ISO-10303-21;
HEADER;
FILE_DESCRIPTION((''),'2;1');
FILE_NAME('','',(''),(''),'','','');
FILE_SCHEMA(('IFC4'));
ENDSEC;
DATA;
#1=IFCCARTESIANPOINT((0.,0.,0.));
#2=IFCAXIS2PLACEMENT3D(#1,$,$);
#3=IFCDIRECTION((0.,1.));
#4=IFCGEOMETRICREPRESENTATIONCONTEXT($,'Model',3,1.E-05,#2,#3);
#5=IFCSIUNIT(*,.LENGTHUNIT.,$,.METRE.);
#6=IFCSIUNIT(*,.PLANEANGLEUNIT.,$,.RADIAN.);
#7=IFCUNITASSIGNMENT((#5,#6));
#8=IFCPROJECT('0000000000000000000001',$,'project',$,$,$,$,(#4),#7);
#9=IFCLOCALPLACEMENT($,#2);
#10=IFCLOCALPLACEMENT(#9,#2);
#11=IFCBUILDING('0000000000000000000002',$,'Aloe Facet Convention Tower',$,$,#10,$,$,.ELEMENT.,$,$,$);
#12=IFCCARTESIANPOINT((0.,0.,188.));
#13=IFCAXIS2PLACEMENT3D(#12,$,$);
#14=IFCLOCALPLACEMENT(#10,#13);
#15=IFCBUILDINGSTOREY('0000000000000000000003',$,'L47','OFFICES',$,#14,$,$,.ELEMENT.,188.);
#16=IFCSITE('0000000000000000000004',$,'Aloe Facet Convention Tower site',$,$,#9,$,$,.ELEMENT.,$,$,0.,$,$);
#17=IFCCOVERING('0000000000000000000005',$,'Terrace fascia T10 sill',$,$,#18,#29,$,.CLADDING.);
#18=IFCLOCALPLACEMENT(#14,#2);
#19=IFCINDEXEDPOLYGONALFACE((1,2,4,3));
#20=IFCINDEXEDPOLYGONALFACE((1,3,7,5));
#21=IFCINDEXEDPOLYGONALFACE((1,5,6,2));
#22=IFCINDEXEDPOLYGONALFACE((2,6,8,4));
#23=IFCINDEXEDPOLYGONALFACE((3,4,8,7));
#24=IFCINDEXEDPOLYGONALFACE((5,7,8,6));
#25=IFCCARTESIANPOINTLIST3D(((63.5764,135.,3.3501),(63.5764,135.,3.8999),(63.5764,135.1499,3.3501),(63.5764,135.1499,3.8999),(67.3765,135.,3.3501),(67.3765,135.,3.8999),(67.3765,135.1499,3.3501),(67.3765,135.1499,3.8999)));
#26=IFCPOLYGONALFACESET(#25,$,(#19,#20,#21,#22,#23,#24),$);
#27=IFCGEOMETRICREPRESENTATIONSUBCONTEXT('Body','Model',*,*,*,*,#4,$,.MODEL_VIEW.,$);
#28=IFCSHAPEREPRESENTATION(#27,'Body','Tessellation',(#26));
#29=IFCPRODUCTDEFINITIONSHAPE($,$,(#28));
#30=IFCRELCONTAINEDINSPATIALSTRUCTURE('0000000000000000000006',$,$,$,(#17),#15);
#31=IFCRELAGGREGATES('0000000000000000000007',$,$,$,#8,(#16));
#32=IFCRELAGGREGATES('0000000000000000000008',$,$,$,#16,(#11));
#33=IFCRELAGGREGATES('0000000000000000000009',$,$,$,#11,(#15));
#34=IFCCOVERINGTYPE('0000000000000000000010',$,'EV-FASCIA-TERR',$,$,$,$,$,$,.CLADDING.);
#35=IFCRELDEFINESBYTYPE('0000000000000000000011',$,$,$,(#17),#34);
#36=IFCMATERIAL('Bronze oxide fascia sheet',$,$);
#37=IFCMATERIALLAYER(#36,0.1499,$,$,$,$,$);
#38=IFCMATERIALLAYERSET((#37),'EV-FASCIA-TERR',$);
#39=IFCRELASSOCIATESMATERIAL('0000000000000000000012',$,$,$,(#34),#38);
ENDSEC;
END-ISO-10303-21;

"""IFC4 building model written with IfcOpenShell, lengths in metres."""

from ifc_helpers import new_model, si_unit, direction, frame, origin, place, context, subcontext, project, spatial, polyline, outline, extrude, material, layer, layer_set, type_object, element, save


model = new_model("IFC4")

# Units and contexts
model_context = context("Model", 3, precision=1e-05, world=origin(), true_north=direction((0.0, 1.0)))
body_context = subcontext(model_context, "Body", "Model", "MODEL_VIEW")
ifc_project = project(units=[si_unit("LENGTHUNIT", "METRE"), si_unit("PLANEANGLEUNIT", "RADIAN")], contexts=[model_context])

# Site, building, storey
site_placement = place(None, origin())
site = spatial("IfcSite", under=ifc_project, at=site_placement, Name="Aloe Facet Convention Tower site", CompositionType="ELEMENT", RefElevation=0.0)
building_placement = place(site_placement, origin())
building = spatial("IfcBuilding", under=site, at=building_placement, Name="Aloe Facet Convention Tower", CompositionType="ELEMENT")
storey_placement = place(building_placement, frame((0.0, 0.0, 188.0)))
storey = spatial("IfcBuildingStorey", under=building, at=storey_placement, Name="L47", Description="OFFICES", CompositionType="ELEMENT", Elevation=188.0)

# Covering
ifc_material_1 = material(Name="Bronze oxide fascia sheet")
ifc_layer_1 = layer(ifc_material_1, 0.1499)
ifc_layer_set_1 = layer_set([ifc_layer_1], Name="EV-FASCIA-TERR")
covering_type = type_object("IfcCoveringType", Name="EV-FASCIA-TERR", PredefinedType="CLADDING", material=ifc_layer_set_1)
covering_placement = place(storey_placement, frame((0.0, 0.0, 3.3501)))
element("IfcCovering", 1, at=covering_placement, inside=storey, type_object=covering_type, Name="Terrace fascia T10 sill", PredefinedType="CLADDING", context=body_context, shape_type="SweptSolid", body=[
    extrude(outline(polyline([(67.3765, 135.1499), (63.5764, 135.1499), (63.5764, 135.0), (67.3765, 135.0), (67.3765, 135.1499)])), origin(), (0.0, 0.0, 1.0), 0.5498),
])

save(model, "model.ifc")
